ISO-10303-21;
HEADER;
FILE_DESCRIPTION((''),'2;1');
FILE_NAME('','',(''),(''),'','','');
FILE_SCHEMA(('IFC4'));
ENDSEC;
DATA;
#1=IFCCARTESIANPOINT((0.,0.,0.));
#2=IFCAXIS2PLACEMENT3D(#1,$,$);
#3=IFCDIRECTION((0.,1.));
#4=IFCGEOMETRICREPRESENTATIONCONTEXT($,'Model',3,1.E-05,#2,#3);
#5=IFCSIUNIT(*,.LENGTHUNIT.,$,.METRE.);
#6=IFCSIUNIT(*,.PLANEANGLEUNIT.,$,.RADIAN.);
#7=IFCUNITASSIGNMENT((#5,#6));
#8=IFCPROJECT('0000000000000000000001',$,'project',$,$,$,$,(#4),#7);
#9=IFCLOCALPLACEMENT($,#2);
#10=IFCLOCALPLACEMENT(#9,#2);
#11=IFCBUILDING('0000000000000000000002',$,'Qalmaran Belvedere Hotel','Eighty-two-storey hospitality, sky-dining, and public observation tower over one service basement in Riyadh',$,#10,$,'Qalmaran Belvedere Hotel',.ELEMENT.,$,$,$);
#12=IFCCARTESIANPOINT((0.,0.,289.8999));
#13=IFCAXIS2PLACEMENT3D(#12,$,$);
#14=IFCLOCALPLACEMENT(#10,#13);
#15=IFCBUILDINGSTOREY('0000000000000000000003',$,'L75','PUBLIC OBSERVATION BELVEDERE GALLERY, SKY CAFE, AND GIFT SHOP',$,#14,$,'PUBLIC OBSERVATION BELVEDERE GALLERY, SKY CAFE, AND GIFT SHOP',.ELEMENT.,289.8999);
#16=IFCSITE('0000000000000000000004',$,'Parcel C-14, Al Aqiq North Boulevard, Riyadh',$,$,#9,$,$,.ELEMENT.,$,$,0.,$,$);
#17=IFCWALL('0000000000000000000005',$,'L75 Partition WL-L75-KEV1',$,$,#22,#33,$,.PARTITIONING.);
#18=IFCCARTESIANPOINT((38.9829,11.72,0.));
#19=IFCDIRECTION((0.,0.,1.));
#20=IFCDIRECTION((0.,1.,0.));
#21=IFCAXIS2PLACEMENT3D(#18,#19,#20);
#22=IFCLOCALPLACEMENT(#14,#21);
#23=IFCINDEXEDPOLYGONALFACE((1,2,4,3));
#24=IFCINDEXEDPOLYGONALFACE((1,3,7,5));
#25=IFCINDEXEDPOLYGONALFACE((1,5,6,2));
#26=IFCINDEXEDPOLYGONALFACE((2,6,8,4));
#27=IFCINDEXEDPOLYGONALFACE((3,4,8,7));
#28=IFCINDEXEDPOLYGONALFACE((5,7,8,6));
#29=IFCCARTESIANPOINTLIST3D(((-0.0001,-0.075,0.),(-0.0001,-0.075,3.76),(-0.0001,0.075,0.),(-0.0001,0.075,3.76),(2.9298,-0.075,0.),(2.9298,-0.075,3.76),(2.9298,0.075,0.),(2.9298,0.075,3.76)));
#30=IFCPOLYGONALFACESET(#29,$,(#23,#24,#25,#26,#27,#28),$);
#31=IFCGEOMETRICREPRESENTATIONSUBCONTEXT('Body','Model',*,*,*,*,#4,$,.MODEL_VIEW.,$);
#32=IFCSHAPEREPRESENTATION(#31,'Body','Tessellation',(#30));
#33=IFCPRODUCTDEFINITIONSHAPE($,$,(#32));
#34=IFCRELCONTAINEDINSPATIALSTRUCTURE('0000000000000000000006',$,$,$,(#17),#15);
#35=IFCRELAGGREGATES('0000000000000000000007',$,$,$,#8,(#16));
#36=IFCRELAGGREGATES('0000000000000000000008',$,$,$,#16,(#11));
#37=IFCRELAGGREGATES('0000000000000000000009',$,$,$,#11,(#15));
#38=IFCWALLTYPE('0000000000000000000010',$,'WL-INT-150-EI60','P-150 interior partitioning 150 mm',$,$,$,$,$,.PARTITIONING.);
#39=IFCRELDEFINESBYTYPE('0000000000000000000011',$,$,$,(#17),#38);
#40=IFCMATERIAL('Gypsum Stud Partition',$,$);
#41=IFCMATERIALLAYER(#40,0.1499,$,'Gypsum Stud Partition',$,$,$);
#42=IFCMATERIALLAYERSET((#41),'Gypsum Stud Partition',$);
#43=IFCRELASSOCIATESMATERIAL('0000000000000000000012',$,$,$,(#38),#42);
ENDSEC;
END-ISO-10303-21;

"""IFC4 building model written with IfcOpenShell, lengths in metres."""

from ifc_helpers import new_model, si_unit, direction, frame, frame_2d, origin, place, context, subcontext, project, spatial, rectangle, extrude, material, layer, layer_set, type_object, element, save


model = new_model("IFC4")

# Units and contexts
model_context = context("Model", 3, precision=1e-05, world=origin(), true_north=direction((0.0, 1.0)))
body_context = subcontext(model_context, "Body", "Model", "MODEL_VIEW")
ifc_project = project(units=[si_unit("LENGTHUNIT", "METRE"), si_unit("PLANEANGLEUNIT", "RADIAN")], contexts=[model_context])

# Site, building, storey
site_placement = place(None, origin())
site = spatial("IfcSite", under=ifc_project, at=site_placement, Name="Parcel C-14, Al Aqiq North Boulevard, Riyadh", CompositionType="ELEMENT", RefElevation=0.0)
building_placement = place(site_placement, origin())
building = spatial("IfcBuilding", under=site, at=building_placement, Name="Qalmaran Belvedere Hotel", Description="Eighty-two-storey hospitality, sky-dining, and public observation tower over one service basement in Riyadh", LongName="Qalmaran Belvedere Hotel", CompositionType="ELEMENT")
storey_placement = place(building_placement, frame((0.0, 0.0, 289.8999)))
storey = spatial("IfcBuildingStorey", under=building, at=storey_placement, Name="L75", Description="PUBLIC OBSERVATION BELVEDERE GALLERY, SKY CAFE, AND GIFT SHOP", LongName="PUBLIC OBSERVATION BELVEDERE GALLERY, SKY CAFE, AND GIFT SHOP", CompositionType="ELEMENT", Elevation=289.8999)

# Wall
ifc_material_1 = material(Name="Gypsum Stud Partition")
ifc_layer_1 = layer(ifc_material_1, 0.1499, Name="Gypsum Stud Partition")
ifc_layer_set_1 = layer_set([ifc_layer_1], Name="Gypsum Stud Partition")
wall_type_1 = type_object("IfcWallType", Name="WL-INT-150-EI60", Description="P-150 interior partitioning 150 mm", PredefinedType="PARTITIONING", material=ifc_layer_set_1)
wall_1_placement = place(storey_placement, frame((38.9829, 11.72, 0.0), z_axis=(0.0, 0.0, 1.0), x_axis=(0.0, 1.0, 0.0)))
element("IfcWall", 1, at=wall_1_placement, inside=storey, type_object=wall_type_1, Name="L75 Partition WL-L75-KEV1", PredefinedType="PARTITIONING", context=body_context, shape_type="SweptSolid", body=[
    extrude(rectangle(XDim=2.9299, YDim=0.1499, at=frame_2d((1.4648, 0.0))), origin(), (0.0, 0.0, 1.0), 3.76),
])

save(model, "model.ifc")
